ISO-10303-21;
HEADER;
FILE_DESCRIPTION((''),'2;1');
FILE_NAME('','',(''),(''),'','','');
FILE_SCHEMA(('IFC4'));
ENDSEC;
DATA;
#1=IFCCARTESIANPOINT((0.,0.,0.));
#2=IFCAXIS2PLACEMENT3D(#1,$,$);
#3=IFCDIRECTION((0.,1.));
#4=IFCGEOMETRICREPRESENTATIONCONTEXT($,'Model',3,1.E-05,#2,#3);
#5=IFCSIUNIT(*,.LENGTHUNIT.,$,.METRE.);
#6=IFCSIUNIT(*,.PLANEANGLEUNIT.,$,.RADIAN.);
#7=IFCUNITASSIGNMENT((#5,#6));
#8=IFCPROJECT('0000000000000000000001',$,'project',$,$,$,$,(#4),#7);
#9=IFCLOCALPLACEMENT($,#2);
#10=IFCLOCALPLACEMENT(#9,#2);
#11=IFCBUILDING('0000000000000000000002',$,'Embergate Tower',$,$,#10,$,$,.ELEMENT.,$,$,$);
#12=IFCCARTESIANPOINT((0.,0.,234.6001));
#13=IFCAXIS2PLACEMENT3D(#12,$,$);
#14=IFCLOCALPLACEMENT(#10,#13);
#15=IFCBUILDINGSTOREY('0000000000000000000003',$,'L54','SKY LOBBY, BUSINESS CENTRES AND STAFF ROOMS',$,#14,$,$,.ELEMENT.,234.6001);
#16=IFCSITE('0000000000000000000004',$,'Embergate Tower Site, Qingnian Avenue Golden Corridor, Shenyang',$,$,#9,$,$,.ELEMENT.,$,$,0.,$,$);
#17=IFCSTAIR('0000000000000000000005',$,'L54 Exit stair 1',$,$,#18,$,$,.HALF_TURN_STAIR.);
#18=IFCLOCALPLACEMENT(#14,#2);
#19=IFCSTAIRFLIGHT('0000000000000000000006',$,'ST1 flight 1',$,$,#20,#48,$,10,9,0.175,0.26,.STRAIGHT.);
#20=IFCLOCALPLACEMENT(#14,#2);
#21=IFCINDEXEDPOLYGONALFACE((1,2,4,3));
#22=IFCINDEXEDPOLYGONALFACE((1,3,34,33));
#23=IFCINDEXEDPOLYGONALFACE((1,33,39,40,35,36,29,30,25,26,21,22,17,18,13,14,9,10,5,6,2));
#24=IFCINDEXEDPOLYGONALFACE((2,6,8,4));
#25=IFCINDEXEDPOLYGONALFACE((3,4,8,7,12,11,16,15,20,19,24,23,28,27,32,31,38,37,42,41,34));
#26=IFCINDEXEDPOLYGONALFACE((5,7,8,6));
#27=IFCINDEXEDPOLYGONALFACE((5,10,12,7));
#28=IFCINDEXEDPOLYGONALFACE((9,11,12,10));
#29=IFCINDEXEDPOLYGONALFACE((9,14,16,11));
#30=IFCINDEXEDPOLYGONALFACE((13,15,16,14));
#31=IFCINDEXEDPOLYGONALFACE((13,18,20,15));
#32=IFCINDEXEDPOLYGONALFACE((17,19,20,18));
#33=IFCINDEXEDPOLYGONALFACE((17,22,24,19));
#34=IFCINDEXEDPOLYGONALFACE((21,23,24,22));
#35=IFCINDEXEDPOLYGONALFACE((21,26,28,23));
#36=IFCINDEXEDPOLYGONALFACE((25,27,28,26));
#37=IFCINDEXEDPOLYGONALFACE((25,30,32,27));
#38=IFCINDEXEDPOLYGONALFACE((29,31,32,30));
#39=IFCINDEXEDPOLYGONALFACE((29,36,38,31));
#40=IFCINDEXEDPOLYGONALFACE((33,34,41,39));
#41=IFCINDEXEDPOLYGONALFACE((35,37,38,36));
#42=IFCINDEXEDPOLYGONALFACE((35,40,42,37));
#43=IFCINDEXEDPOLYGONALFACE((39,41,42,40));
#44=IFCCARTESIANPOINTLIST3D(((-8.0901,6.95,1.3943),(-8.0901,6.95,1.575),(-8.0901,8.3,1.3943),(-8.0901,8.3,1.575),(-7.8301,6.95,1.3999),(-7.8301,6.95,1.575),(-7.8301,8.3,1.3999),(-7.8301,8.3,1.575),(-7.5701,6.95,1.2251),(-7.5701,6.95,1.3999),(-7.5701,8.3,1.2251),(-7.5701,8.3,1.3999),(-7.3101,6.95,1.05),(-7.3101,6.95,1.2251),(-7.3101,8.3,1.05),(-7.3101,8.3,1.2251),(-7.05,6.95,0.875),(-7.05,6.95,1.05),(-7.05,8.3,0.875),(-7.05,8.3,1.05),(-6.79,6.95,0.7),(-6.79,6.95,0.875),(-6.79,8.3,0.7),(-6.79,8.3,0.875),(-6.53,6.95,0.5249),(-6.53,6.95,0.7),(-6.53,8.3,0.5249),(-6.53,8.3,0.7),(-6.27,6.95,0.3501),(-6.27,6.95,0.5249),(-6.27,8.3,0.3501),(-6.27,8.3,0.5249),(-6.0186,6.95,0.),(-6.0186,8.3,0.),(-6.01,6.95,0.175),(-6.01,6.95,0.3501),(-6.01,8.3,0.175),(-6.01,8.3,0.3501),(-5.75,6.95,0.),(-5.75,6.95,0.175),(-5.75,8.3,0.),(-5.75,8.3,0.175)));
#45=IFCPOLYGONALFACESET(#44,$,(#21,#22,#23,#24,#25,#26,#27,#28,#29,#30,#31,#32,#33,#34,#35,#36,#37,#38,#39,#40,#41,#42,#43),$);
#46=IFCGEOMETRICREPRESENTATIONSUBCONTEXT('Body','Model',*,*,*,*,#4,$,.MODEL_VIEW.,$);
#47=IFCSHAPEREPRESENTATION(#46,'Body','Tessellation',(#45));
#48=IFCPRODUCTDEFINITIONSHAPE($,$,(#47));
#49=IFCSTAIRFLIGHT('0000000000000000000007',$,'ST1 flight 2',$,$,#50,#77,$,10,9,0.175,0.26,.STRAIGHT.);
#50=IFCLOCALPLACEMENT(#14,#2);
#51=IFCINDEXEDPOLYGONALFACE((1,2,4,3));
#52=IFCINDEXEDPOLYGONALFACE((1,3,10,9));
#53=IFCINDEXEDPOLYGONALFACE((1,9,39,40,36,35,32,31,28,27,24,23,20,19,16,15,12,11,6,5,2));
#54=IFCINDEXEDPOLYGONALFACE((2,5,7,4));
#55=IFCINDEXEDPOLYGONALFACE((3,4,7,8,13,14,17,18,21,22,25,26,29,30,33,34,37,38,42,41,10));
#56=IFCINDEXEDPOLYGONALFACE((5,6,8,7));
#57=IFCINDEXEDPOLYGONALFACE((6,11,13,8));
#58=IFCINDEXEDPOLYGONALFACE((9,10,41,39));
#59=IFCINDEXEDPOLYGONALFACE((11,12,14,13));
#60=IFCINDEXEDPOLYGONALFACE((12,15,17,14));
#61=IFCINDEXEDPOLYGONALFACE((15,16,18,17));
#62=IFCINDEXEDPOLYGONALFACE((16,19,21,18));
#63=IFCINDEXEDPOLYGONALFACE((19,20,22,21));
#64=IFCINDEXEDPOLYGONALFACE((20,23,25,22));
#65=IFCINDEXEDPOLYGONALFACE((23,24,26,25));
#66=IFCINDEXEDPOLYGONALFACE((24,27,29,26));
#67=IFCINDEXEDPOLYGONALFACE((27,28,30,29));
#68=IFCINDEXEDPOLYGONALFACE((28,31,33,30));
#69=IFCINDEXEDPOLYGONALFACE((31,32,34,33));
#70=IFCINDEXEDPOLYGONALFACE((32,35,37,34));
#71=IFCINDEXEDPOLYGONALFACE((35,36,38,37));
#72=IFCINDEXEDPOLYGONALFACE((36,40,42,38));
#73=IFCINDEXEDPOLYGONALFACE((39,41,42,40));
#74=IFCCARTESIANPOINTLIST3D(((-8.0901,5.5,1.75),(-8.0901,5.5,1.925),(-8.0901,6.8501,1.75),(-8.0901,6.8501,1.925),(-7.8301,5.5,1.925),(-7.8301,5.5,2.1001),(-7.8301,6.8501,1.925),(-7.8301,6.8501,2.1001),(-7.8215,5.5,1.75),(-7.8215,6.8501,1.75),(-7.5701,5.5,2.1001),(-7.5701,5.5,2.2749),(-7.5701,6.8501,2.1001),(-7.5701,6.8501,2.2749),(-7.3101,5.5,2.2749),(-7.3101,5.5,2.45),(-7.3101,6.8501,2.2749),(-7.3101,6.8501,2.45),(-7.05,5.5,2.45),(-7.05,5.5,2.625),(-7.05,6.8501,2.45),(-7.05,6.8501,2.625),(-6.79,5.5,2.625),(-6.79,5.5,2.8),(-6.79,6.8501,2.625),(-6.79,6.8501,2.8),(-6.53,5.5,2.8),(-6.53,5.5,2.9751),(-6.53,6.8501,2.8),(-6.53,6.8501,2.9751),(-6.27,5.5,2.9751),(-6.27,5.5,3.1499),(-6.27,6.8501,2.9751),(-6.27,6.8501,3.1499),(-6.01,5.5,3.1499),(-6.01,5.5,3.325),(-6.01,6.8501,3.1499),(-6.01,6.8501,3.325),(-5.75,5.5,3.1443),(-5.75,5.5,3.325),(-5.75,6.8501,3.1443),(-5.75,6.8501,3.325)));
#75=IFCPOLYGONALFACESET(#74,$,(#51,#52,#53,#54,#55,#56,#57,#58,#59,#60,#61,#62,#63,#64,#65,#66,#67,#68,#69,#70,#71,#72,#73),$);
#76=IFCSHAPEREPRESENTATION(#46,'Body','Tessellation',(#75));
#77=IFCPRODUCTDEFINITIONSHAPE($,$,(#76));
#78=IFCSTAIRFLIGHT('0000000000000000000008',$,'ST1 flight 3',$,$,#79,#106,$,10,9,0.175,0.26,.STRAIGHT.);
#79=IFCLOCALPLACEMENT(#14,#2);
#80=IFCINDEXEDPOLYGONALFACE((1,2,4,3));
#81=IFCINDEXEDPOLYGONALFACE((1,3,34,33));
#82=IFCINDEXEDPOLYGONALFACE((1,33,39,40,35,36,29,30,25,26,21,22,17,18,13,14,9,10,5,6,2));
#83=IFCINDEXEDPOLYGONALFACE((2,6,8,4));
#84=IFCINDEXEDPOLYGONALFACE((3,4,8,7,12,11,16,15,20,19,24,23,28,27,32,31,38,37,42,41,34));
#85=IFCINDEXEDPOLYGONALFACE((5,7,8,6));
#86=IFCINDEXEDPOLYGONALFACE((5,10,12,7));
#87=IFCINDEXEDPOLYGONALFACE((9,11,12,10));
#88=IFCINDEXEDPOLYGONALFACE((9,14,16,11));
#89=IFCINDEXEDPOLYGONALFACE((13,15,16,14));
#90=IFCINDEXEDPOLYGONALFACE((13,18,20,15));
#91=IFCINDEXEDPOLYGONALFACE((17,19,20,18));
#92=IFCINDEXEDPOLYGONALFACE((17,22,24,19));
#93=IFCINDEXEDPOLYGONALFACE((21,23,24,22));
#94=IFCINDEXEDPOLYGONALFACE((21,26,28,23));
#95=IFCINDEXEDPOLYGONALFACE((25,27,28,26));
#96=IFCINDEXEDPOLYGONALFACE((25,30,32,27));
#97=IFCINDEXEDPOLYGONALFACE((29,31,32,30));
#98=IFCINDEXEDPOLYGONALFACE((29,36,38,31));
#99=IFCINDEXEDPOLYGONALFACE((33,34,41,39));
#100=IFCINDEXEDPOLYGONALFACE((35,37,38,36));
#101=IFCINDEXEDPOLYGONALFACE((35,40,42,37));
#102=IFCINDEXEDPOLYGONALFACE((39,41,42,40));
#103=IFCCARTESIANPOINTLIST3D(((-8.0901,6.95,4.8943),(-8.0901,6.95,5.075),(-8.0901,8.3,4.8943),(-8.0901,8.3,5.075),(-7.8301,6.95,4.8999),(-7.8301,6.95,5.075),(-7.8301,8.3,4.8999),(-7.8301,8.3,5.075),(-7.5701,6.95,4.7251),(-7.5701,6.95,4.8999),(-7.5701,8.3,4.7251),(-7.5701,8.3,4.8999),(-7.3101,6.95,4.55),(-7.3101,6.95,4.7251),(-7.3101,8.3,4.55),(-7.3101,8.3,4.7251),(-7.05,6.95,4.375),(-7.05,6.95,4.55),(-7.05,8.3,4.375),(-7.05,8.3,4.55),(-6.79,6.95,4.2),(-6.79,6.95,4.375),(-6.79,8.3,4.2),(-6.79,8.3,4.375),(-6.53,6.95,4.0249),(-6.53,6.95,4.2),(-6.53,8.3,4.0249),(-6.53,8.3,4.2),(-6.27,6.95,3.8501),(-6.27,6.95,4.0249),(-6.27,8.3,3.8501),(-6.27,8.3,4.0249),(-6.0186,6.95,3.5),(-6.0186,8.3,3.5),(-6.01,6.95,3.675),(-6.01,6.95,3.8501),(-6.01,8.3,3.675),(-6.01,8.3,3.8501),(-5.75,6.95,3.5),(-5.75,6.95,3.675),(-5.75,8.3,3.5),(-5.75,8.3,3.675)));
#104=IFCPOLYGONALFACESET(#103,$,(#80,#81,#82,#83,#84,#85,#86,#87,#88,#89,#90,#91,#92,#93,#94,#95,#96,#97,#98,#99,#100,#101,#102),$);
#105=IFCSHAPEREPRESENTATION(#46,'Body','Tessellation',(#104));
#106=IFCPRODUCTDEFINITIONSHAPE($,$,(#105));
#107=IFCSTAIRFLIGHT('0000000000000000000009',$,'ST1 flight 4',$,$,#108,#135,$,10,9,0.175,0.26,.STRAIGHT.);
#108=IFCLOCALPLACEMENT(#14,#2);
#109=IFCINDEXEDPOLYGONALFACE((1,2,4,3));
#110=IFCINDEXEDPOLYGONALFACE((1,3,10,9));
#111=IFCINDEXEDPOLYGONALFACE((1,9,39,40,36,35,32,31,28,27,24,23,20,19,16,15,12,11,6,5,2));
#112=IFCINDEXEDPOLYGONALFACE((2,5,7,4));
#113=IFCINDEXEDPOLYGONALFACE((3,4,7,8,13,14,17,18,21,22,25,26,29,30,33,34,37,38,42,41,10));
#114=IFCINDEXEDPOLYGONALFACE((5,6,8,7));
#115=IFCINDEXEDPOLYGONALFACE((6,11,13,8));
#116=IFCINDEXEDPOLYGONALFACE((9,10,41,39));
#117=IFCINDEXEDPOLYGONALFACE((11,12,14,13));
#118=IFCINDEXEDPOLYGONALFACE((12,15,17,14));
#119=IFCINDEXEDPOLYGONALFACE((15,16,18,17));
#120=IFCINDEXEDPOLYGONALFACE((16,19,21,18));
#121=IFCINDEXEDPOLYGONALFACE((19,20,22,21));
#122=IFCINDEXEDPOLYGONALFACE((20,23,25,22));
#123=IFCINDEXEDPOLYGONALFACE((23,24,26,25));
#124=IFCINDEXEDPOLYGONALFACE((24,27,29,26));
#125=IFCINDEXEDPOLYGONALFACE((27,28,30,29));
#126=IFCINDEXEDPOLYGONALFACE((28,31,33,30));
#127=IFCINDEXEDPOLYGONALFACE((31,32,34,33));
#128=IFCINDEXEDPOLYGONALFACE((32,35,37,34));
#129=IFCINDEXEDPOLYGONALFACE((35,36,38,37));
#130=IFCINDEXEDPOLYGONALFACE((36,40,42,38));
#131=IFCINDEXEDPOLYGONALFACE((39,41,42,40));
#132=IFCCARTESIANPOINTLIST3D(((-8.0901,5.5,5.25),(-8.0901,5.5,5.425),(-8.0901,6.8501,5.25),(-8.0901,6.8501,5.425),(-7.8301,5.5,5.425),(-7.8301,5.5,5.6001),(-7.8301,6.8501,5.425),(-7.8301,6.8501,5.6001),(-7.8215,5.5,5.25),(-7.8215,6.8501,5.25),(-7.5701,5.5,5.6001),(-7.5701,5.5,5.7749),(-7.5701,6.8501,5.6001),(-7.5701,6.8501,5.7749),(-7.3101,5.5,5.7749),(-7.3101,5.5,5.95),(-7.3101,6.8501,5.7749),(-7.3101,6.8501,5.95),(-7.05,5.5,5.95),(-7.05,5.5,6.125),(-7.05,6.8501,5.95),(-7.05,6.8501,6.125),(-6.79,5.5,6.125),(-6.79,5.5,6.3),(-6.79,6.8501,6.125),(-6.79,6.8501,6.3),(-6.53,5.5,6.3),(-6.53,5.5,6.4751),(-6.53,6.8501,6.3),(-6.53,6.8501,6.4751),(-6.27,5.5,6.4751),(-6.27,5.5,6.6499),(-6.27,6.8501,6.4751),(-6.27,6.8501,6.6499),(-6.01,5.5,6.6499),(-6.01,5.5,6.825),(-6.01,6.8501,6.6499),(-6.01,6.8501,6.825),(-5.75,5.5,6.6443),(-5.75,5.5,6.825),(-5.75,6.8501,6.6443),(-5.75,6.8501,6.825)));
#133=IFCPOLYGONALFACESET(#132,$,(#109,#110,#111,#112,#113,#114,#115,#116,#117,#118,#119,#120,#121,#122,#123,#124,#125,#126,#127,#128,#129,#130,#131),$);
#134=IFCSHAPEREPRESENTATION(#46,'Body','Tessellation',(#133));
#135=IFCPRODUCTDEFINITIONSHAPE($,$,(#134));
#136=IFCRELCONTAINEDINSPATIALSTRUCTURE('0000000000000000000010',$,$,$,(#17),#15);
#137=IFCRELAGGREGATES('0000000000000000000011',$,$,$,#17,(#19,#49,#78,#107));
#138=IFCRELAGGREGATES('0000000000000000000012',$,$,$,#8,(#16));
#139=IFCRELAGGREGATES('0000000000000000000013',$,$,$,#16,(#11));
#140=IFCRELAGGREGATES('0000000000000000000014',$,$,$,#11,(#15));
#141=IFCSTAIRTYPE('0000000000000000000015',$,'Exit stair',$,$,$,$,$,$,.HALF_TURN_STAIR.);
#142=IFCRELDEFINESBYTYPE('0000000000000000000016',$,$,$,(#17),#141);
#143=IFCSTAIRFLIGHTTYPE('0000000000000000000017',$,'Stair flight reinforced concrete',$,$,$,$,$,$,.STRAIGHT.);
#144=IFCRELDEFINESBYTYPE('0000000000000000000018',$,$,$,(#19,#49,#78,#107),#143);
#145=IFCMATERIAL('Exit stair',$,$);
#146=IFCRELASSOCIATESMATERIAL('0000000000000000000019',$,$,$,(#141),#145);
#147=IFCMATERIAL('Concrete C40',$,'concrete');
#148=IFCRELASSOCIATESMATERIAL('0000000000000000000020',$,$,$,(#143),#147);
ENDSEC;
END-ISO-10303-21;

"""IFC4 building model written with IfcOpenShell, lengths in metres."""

from ifc_helpers import new_model, si_unit, direction, frame, origin, place, context, subcontext, project, spatial, polyline, outline, extrude, source, transform, mapped, material, type_object, element, aggregate, save


model = new_model("IFC4")

# Units and contexts
model_context = context("Model", 3, precision=1e-05, world=origin(), true_north=direction((0.0, 1.0)))
body_context = subcontext(model_context, "Body", "Model", "MODEL_VIEW")
ifc_project = project(units=[si_unit("LENGTHUNIT", "METRE"), si_unit("PLANEANGLEUNIT", "RADIAN")], contexts=[model_context])

# Site, building, storey
site_placement = place(None, origin())
site = spatial("IfcSite", under=ifc_project, at=site_placement, Name="Embergate Tower Site, Qingnian Avenue Golden Corridor, Shenyang", CompositionType="ELEMENT", RefElevation=0.0)
building_placement = place(site_placement, origin())
building = spatial("IfcBuilding", under=site, at=building_placement, Name="Embergate Tower", CompositionType="ELEMENT")
storey_placement = place(building_placement, frame((0.0, 0.0, 234.6001)))
storey = spatial("IfcBuildingStorey", under=building, at=storey_placement, Name="L54", Description="SKY LOBBY, BUSINESS CENTRES AND STAFF ROOMS", CompositionType="ELEMENT", Elevation=234.6001)

# Stair
ifc_material_1 = material(Name="Exit stair")
stair_type = type_object("IfcStairType", Name="Exit stair", PredefinedType="HALF_TURN_STAIR", material=ifc_material_1)
stair_placement = place(storey_placement, origin())
stair = element("IfcStair", 1, at=stair_placement, inside=storey, type_object=stair_type, Name="L54 Exit stair 1", PredefinedType="HALF_TURN_STAIR")
ifc_material_2 = material(Name="Concrete C40", Category="concrete")

# Stair flights
stair_flight_type = type_object("IfcStairFlightType", Name="Stair flight reinforced concrete", PredefinedType="STRAIGHT", material=ifc_material_2)
shared_shape_1 = source(origin(), body_context, "Body", "SweptSolid", [
    extrude(outline(polyline([(0.0, 0.0), (0.0, 0.175), (0.26, 0.175), (0.26, 0.3501), (0.52, 0.3501), (0.52, 0.5249), (0.78, 0.5249), (0.78, 0.7), (1.04, 0.7), (1.04, 0.875), (1.3, 0.875), (1.3, 1.05), (1.5601, 1.05), (1.5601, 1.2251), (1.8201, 1.2251), (1.8201, 1.3999), (2.0801, 1.3999), (2.0801, 1.575), (2.3401, 1.575), (2.3401, 1.75), (2.3401, 1.3943), (0.2686, 0.0), (0.0, 0.0)])), frame((0.0, 0.675, 0.0), z_axis=(0.0, -1.0, 0.0), x_axis=(1.0, 0.0, 0.0)), (0.0, 0.0, 1.0), 1.3501),
])
stair_flight_1_placement = place(storey_placement, frame((-5.75, 7.625, 0.0), z_axis=(0.0, 0.0, 1.0), x_axis=(-1.0, 0.0, 0.0)))
stair_flight_1 = element("IfcStairFlight", 2, at=stair_flight_1_placement, type_object=stair_flight_type, Name="ST1 flight 1", NumberOfRisers=10, NumberOfTreads=9, PredefinedType="STRAIGHT", RiserHeight=0.175, TreadLength=0.26, context=body_context, shape_type="MappedRepresentation", body=[
    mapped(shared_shape_1, transform((0.0, 0.0, 0.0))),
])
stair_flight_2_placement = place(storey_placement, frame((-8.0901, 6.175, 1.75), z_axis=(0.0, 0.0, 1.0), x_axis=(1.0, 0.0, 0.0)))
stair_flight_2 = element("IfcStairFlight", 3, at=stair_flight_2_placement, type_object=stair_flight_type, Name="ST1 flight 2", NumberOfRisers=10, NumberOfTreads=9, PredefinedType="STRAIGHT", RiserHeight=0.175, TreadLength=0.26, context=body_context, shape_type="MappedRepresentation", body=[
    mapped(shared_shape_1, transform((0.0, 0.0, 0.0))),
])
stair_flight_3_placement = place(storey_placement, frame((-5.75, 7.625, 3.5), z_axis=(0.0, 0.0, 1.0), x_axis=(-1.0, 0.0, 0.0)))
stair_flight_3 = element("IfcStairFlight", 4, at=stair_flight_3_placement, type_object=stair_flight_type, Name="ST1 flight 3", NumberOfRisers=10, NumberOfTreads=9, PredefinedType="STRAIGHT", RiserHeight=0.175, TreadLength=0.26, context=body_context, shape_type="MappedRepresentation", body=[
    mapped(shared_shape_1, transform((0.0, 0.0, 0.0))),
])
stair_flight_4_placement = place(storey_placement, frame((-8.0901, 6.175, 5.25), z_axis=(0.0, 0.0, 1.0), x_axis=(1.0, 0.0, 0.0)))
stair_flight_4 = element("IfcStairFlight", 5, at=stair_flight_4_placement, type_object=stair_flight_type, Name="ST1 flight 4", NumberOfRisers=10, NumberOfTreads=9, PredefinedType="STRAIGHT", RiserHeight=0.175, TreadLength=0.26, context=body_context, shape_type="MappedRepresentation", body=[
    mapped(shared_shape_1, transform((0.0, 0.0, 0.0))),
])
aggregate(stair, [stair_flight_1, stair_flight_2, stair_flight_3, stair_flight_4])

save(model, "model.ifc")
